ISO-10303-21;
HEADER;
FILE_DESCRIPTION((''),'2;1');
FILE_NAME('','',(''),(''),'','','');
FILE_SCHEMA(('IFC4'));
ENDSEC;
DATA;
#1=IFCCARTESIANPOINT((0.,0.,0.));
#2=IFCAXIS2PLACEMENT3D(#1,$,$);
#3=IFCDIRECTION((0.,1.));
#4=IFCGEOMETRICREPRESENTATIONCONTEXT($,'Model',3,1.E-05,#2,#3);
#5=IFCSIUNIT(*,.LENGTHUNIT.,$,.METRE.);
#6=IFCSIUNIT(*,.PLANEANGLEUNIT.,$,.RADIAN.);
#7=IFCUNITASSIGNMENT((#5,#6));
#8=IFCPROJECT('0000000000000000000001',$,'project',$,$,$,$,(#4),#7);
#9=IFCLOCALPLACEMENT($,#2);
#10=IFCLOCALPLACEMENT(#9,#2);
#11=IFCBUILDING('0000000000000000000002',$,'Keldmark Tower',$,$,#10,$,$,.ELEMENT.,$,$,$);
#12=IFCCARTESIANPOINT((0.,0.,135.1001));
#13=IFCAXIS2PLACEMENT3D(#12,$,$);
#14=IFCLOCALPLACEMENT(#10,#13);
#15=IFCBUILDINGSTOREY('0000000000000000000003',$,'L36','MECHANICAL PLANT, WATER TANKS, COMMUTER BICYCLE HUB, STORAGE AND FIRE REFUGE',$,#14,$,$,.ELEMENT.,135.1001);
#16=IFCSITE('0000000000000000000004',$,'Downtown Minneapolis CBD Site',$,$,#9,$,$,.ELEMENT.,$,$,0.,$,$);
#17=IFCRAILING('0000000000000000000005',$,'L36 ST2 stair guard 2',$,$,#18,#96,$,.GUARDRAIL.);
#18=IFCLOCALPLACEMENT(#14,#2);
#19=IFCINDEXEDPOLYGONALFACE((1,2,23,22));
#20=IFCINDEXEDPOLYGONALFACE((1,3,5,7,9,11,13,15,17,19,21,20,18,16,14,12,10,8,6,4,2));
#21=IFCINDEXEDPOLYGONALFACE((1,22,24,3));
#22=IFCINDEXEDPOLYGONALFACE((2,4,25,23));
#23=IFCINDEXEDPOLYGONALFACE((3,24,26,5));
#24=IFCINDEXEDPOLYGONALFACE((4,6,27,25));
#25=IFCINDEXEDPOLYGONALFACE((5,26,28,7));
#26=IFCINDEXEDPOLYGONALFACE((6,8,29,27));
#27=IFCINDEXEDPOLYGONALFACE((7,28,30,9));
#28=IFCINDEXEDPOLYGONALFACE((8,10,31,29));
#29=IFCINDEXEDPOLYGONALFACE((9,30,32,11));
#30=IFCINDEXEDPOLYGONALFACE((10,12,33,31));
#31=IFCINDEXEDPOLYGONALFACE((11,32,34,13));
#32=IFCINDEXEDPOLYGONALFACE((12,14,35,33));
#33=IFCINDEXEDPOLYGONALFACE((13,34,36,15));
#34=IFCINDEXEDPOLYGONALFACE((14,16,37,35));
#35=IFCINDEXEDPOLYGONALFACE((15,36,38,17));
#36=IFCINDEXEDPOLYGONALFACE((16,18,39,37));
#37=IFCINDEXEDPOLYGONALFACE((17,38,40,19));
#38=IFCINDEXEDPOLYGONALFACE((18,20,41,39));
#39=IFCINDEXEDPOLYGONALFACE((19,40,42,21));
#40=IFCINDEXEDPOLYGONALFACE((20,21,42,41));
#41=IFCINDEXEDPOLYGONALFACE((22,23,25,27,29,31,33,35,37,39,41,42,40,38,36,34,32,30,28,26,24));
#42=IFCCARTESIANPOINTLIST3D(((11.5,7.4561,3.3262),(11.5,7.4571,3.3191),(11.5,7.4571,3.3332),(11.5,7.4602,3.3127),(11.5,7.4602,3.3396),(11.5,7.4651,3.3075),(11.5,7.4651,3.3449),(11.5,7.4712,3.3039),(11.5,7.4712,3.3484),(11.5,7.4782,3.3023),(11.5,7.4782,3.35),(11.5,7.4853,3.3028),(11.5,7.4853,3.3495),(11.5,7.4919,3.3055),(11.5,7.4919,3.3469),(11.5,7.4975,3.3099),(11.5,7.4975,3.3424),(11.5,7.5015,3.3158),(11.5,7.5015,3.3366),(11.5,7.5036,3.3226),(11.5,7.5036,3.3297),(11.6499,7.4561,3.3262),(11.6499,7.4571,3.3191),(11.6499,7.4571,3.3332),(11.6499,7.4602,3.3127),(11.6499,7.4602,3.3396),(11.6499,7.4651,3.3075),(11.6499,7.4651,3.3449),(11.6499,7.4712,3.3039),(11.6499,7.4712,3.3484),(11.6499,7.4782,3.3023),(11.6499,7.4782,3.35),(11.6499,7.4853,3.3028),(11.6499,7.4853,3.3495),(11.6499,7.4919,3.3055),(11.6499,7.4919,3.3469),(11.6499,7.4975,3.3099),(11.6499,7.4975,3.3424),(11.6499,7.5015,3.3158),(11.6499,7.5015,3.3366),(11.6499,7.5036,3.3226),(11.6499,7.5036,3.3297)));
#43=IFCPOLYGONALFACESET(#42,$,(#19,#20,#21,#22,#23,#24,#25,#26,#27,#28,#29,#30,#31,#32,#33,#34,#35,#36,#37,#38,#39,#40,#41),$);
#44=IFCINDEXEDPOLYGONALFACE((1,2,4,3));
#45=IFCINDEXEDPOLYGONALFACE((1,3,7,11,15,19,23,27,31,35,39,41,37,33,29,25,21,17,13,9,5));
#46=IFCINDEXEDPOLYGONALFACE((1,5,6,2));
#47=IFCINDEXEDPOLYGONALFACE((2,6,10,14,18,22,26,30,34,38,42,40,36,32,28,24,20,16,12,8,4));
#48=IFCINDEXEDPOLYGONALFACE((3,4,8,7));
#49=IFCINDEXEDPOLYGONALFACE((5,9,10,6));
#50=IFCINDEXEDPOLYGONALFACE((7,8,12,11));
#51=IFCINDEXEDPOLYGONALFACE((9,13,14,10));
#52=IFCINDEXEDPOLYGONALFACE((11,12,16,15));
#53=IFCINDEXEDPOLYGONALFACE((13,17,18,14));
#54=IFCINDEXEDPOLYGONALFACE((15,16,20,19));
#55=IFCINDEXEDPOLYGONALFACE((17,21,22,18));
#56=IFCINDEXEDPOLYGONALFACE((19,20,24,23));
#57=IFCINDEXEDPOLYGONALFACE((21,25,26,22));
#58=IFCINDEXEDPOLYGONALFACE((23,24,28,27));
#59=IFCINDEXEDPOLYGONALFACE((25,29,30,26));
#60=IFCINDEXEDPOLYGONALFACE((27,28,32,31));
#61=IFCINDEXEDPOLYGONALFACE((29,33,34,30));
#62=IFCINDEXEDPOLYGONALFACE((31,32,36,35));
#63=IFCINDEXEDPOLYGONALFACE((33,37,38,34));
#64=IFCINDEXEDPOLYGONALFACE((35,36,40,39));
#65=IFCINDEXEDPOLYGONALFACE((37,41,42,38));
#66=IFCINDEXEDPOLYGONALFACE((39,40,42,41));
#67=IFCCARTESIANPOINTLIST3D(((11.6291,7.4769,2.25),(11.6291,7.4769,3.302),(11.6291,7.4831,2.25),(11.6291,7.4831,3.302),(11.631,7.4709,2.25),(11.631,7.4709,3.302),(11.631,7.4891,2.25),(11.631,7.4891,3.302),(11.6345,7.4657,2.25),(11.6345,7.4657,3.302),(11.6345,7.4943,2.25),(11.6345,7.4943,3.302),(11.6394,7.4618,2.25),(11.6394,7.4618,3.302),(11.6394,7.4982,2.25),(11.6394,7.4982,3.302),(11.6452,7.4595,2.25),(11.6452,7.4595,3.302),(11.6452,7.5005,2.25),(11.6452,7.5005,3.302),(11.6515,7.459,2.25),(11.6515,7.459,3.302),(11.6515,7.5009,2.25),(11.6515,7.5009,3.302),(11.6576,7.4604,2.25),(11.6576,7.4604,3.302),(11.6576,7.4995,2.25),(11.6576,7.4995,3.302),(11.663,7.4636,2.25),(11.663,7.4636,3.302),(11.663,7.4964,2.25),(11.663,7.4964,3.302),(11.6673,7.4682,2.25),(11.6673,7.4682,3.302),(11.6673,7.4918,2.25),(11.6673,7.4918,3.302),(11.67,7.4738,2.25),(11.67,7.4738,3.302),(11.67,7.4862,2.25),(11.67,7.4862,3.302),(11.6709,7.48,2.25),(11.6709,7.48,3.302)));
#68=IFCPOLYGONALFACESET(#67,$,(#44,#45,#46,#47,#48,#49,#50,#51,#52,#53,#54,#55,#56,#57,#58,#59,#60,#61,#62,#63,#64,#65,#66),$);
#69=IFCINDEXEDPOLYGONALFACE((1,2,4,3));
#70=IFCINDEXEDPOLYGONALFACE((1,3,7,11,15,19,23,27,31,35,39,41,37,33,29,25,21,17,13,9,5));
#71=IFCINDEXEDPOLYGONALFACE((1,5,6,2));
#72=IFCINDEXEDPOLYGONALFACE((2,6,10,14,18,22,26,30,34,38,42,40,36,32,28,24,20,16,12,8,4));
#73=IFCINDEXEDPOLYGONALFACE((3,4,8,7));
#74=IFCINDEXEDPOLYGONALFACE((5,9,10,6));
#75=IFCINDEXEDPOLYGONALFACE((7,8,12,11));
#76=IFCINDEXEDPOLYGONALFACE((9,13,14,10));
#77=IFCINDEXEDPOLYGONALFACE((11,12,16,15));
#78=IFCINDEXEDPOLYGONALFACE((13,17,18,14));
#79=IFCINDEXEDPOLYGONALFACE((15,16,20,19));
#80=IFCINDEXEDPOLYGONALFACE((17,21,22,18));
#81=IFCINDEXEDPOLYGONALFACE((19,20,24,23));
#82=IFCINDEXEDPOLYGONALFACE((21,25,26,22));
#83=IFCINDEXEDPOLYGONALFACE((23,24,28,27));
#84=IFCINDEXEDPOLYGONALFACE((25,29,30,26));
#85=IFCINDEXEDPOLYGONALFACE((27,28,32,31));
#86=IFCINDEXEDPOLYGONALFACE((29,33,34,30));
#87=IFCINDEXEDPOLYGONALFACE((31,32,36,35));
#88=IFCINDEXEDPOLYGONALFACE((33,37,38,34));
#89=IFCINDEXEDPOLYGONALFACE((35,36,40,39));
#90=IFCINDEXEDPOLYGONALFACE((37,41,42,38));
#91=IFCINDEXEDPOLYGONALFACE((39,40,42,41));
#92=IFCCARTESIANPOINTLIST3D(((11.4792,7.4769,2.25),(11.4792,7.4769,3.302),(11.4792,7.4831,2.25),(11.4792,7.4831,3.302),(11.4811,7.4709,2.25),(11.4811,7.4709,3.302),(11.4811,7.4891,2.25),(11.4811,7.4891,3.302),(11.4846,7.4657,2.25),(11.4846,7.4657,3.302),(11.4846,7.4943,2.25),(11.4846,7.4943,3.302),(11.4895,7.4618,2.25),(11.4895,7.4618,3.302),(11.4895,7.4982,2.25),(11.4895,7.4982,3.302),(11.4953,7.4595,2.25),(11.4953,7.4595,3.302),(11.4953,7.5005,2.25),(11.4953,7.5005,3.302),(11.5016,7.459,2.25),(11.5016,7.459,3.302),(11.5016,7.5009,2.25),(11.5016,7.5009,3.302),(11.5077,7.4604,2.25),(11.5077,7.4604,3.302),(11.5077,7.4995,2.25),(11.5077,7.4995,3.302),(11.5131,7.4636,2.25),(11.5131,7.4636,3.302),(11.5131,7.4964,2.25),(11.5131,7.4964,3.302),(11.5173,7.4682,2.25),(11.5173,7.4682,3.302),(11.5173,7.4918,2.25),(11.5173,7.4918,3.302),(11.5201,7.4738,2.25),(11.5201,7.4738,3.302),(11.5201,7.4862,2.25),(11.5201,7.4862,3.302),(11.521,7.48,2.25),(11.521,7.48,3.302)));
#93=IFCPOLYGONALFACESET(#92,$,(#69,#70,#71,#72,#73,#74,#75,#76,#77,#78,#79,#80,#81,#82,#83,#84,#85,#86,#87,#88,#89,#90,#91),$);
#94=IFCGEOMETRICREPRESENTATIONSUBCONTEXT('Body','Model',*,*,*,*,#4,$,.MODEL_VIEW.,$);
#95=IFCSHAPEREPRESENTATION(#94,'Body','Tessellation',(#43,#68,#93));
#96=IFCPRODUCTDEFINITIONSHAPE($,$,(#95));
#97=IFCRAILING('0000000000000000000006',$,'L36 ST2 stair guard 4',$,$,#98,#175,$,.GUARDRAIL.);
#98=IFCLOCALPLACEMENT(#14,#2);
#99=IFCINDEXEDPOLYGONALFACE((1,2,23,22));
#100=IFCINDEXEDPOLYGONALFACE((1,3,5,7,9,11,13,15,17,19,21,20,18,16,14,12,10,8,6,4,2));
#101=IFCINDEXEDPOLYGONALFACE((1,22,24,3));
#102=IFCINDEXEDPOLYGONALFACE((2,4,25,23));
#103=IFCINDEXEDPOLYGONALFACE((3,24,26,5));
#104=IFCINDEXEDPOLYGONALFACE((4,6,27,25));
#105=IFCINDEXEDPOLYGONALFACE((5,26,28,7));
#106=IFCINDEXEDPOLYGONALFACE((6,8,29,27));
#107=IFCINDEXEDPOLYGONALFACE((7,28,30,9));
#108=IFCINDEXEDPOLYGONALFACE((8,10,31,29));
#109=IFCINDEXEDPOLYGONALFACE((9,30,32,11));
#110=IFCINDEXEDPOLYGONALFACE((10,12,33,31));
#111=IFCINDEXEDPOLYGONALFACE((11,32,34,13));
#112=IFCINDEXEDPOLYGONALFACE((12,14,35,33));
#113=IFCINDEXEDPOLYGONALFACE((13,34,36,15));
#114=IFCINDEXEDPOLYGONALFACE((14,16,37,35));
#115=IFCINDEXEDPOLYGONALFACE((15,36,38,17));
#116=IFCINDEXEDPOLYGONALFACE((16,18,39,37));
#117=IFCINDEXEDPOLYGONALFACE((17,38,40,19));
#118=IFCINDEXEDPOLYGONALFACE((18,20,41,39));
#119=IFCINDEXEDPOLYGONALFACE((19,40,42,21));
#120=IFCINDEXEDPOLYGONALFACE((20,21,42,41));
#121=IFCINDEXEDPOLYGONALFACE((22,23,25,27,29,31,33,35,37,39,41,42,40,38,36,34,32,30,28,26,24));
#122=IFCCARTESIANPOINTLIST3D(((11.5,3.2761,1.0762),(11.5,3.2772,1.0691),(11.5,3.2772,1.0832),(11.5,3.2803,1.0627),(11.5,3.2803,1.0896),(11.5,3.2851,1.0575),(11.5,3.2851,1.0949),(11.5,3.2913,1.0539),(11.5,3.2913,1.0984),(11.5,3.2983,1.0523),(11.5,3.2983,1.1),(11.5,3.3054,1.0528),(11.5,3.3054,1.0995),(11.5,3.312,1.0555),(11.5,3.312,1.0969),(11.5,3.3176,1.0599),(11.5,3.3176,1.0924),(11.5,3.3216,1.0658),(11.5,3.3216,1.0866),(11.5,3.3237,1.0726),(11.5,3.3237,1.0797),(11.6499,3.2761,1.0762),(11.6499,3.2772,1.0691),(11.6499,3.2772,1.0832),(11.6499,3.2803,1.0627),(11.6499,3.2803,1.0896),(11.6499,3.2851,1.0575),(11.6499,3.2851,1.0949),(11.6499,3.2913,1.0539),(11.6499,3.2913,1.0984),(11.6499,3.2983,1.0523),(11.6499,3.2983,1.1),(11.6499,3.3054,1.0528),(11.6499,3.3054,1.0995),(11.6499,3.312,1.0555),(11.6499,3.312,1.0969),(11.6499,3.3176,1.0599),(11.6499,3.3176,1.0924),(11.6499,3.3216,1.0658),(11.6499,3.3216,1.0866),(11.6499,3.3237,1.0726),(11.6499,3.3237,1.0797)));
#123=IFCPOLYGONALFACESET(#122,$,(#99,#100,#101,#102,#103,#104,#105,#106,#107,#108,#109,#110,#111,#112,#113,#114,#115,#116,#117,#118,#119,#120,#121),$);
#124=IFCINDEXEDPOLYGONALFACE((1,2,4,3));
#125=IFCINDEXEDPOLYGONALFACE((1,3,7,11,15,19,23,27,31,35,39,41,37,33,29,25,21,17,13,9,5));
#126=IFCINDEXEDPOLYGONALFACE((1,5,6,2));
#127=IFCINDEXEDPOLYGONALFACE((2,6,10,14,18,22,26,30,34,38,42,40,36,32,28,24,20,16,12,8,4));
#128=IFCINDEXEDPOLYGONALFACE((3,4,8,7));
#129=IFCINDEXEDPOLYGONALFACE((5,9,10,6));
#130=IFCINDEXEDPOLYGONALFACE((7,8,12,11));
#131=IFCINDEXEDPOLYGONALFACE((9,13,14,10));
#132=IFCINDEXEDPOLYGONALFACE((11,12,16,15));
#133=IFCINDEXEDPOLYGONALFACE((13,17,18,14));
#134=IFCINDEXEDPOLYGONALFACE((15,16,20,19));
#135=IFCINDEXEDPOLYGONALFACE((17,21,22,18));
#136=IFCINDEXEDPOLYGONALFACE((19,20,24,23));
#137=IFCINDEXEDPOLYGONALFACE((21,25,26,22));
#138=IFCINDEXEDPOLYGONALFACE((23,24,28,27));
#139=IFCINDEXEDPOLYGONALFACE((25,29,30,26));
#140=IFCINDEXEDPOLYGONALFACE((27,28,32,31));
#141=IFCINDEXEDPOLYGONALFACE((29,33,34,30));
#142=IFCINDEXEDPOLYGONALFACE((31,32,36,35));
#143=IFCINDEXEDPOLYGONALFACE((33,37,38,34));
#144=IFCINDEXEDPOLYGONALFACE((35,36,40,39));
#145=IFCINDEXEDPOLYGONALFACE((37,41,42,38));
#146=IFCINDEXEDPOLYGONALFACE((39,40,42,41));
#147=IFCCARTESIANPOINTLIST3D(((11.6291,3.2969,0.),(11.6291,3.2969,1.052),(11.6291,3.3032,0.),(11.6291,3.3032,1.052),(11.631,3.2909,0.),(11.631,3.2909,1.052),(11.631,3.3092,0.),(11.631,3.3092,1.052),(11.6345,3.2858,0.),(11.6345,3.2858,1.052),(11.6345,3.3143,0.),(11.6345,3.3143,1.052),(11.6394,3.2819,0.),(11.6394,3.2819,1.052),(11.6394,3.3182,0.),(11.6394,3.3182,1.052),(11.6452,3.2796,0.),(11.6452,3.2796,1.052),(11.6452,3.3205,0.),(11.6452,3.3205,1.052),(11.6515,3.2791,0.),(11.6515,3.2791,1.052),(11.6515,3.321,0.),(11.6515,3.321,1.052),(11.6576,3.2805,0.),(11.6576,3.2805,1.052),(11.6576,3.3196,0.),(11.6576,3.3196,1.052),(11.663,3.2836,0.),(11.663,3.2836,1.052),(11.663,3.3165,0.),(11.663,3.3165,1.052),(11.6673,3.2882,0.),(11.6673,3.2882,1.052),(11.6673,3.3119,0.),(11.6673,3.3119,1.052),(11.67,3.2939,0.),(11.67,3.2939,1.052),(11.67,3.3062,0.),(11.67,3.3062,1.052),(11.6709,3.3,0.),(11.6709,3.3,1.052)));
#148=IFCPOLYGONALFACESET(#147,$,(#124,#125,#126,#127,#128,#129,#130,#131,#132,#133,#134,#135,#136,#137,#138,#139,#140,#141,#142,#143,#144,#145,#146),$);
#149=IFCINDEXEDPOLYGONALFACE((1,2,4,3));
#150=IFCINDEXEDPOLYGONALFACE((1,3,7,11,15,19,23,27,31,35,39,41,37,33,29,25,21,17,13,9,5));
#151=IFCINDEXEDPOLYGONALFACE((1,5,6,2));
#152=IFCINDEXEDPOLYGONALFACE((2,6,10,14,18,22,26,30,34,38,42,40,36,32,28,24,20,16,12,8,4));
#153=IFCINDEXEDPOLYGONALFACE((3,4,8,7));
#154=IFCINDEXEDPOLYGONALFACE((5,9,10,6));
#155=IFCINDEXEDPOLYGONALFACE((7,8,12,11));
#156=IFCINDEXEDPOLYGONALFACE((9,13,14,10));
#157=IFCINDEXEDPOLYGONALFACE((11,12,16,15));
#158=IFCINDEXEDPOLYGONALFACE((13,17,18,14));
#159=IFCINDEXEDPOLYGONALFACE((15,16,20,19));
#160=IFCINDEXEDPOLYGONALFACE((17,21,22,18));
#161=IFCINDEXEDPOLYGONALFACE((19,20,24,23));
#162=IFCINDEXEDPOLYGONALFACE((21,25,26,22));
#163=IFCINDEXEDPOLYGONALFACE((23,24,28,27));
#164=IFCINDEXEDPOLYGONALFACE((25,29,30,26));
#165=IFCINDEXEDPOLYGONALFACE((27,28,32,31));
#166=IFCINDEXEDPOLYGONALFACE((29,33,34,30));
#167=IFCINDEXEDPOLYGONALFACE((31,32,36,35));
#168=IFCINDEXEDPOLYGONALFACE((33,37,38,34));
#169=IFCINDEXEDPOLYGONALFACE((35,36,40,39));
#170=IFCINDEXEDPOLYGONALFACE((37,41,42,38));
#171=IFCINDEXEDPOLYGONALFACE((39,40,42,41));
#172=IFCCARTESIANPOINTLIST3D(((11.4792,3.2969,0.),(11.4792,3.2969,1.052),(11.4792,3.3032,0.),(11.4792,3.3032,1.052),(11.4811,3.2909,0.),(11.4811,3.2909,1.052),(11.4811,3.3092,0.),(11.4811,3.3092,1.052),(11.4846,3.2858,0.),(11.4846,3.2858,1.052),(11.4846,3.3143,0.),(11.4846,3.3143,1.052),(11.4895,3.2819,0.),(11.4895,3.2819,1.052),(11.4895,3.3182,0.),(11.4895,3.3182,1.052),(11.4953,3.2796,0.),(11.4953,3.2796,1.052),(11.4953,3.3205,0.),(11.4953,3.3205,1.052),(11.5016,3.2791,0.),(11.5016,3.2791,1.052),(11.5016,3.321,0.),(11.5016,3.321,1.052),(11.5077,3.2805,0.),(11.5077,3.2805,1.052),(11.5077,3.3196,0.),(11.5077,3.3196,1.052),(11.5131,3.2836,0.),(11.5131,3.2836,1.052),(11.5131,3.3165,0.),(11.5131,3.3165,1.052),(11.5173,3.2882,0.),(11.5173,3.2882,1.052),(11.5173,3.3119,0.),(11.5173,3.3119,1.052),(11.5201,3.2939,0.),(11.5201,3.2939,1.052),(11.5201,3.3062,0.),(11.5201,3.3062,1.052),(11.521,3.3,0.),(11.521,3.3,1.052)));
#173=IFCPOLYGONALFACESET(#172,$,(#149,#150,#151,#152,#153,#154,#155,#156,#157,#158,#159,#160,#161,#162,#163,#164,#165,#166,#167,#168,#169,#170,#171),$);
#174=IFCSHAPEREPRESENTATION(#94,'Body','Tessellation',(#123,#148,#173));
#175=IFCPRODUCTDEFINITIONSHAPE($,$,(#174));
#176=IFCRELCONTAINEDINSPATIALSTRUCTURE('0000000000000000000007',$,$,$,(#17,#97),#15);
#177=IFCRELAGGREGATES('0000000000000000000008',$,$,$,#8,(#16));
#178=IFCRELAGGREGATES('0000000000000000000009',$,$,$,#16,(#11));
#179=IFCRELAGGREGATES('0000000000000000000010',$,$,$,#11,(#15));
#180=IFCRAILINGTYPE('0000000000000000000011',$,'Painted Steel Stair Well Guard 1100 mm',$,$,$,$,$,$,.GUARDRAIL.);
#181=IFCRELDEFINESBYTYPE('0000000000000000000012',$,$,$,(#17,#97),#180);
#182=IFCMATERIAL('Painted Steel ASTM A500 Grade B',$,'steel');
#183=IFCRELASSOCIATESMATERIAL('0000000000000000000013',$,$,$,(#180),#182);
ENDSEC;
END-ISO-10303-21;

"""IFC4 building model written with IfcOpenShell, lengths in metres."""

from ifc_helpers import new_model, si_unit, direction, frame, origin, origin_2d, place, context, subcontext, project, spatial, circle, extrude, material, type_object, element, save


model = new_model("IFC4")

# Units and contexts
model_context = context("Model", 3, precision=1e-05, world=origin(), true_north=direction((0.0, 1.0)))
body_context = subcontext(model_context, "Body", "Model", "MODEL_VIEW")
ifc_project = project(units=[si_unit("LENGTHUNIT", "METRE"), si_unit("PLANEANGLEUNIT", "RADIAN")], contexts=[model_context])

# Site, building, storey
site_placement = place(None, origin())
site = spatial("IfcSite", under=ifc_project, at=site_placement, Name="Downtown Minneapolis CBD Site", CompositionType="ELEMENT", RefElevation=0.0)
building_placement = place(site_placement, origin())
building = spatial("IfcBuilding", under=site, at=building_placement, Name="Keldmark Tower", CompositionType="ELEMENT")
storey_placement = place(building_placement, frame((0.0, 0.0, 135.1001)))
storey = spatial("IfcBuildingStorey", under=building, at=storey_placement, Name="L36", Description="MECHANICAL PLANT, WATER TANKS, COMMUTER BICYCLE HUB, STORAGE AND FIRE REFUGE", CompositionType="ELEMENT", Elevation=135.1001)

# Railings
ifc_material_1 = material(Name="Painted Steel ASTM A500 Grade B", Category="steel")
railing_type_1 = type_object("IfcRailingType", Name="Painted Steel Stair Well Guard 1100 mm", PredefinedType="GUARDRAIL", material=ifc_material_1)
for number, where, name in (
    (1, (11.6499, 7.48, 2.25), "L36 ST2 stair guard 2"),
    (2, (11.6499, 3.3, 0.0), "L36 ST2 stair guard 4"),
):
    element("IfcRailing", number, at=place(storey_placement, frame(where)), inside=storey, type_object=railing_type_1, Name=name, PredefinedType="GUARDRAIL", context=body_context, shape_type="SweptSolid", body=[
        extrude(circle(Radius=0.0239, at=origin_2d()), frame((0.0, 0.0, 1.0762), z_axis=(-1.0, 0.0, 0.0), x_axis=(0.0, -1.0, 0.0)), (0.0, 0.0, 1.0), 0.1499),
        extrude(circle(Radius=0.021, at=origin_2d()), origin(), (0.0, 0.0, 1.0), 1.052),
        extrude(circle(Radius=0.021, at=origin_2d()), frame((-0.1499, 0.0, 0.0)), (0.0, 0.0, 1.0), 1.052),
    ])

save(model, "model.ifc")
